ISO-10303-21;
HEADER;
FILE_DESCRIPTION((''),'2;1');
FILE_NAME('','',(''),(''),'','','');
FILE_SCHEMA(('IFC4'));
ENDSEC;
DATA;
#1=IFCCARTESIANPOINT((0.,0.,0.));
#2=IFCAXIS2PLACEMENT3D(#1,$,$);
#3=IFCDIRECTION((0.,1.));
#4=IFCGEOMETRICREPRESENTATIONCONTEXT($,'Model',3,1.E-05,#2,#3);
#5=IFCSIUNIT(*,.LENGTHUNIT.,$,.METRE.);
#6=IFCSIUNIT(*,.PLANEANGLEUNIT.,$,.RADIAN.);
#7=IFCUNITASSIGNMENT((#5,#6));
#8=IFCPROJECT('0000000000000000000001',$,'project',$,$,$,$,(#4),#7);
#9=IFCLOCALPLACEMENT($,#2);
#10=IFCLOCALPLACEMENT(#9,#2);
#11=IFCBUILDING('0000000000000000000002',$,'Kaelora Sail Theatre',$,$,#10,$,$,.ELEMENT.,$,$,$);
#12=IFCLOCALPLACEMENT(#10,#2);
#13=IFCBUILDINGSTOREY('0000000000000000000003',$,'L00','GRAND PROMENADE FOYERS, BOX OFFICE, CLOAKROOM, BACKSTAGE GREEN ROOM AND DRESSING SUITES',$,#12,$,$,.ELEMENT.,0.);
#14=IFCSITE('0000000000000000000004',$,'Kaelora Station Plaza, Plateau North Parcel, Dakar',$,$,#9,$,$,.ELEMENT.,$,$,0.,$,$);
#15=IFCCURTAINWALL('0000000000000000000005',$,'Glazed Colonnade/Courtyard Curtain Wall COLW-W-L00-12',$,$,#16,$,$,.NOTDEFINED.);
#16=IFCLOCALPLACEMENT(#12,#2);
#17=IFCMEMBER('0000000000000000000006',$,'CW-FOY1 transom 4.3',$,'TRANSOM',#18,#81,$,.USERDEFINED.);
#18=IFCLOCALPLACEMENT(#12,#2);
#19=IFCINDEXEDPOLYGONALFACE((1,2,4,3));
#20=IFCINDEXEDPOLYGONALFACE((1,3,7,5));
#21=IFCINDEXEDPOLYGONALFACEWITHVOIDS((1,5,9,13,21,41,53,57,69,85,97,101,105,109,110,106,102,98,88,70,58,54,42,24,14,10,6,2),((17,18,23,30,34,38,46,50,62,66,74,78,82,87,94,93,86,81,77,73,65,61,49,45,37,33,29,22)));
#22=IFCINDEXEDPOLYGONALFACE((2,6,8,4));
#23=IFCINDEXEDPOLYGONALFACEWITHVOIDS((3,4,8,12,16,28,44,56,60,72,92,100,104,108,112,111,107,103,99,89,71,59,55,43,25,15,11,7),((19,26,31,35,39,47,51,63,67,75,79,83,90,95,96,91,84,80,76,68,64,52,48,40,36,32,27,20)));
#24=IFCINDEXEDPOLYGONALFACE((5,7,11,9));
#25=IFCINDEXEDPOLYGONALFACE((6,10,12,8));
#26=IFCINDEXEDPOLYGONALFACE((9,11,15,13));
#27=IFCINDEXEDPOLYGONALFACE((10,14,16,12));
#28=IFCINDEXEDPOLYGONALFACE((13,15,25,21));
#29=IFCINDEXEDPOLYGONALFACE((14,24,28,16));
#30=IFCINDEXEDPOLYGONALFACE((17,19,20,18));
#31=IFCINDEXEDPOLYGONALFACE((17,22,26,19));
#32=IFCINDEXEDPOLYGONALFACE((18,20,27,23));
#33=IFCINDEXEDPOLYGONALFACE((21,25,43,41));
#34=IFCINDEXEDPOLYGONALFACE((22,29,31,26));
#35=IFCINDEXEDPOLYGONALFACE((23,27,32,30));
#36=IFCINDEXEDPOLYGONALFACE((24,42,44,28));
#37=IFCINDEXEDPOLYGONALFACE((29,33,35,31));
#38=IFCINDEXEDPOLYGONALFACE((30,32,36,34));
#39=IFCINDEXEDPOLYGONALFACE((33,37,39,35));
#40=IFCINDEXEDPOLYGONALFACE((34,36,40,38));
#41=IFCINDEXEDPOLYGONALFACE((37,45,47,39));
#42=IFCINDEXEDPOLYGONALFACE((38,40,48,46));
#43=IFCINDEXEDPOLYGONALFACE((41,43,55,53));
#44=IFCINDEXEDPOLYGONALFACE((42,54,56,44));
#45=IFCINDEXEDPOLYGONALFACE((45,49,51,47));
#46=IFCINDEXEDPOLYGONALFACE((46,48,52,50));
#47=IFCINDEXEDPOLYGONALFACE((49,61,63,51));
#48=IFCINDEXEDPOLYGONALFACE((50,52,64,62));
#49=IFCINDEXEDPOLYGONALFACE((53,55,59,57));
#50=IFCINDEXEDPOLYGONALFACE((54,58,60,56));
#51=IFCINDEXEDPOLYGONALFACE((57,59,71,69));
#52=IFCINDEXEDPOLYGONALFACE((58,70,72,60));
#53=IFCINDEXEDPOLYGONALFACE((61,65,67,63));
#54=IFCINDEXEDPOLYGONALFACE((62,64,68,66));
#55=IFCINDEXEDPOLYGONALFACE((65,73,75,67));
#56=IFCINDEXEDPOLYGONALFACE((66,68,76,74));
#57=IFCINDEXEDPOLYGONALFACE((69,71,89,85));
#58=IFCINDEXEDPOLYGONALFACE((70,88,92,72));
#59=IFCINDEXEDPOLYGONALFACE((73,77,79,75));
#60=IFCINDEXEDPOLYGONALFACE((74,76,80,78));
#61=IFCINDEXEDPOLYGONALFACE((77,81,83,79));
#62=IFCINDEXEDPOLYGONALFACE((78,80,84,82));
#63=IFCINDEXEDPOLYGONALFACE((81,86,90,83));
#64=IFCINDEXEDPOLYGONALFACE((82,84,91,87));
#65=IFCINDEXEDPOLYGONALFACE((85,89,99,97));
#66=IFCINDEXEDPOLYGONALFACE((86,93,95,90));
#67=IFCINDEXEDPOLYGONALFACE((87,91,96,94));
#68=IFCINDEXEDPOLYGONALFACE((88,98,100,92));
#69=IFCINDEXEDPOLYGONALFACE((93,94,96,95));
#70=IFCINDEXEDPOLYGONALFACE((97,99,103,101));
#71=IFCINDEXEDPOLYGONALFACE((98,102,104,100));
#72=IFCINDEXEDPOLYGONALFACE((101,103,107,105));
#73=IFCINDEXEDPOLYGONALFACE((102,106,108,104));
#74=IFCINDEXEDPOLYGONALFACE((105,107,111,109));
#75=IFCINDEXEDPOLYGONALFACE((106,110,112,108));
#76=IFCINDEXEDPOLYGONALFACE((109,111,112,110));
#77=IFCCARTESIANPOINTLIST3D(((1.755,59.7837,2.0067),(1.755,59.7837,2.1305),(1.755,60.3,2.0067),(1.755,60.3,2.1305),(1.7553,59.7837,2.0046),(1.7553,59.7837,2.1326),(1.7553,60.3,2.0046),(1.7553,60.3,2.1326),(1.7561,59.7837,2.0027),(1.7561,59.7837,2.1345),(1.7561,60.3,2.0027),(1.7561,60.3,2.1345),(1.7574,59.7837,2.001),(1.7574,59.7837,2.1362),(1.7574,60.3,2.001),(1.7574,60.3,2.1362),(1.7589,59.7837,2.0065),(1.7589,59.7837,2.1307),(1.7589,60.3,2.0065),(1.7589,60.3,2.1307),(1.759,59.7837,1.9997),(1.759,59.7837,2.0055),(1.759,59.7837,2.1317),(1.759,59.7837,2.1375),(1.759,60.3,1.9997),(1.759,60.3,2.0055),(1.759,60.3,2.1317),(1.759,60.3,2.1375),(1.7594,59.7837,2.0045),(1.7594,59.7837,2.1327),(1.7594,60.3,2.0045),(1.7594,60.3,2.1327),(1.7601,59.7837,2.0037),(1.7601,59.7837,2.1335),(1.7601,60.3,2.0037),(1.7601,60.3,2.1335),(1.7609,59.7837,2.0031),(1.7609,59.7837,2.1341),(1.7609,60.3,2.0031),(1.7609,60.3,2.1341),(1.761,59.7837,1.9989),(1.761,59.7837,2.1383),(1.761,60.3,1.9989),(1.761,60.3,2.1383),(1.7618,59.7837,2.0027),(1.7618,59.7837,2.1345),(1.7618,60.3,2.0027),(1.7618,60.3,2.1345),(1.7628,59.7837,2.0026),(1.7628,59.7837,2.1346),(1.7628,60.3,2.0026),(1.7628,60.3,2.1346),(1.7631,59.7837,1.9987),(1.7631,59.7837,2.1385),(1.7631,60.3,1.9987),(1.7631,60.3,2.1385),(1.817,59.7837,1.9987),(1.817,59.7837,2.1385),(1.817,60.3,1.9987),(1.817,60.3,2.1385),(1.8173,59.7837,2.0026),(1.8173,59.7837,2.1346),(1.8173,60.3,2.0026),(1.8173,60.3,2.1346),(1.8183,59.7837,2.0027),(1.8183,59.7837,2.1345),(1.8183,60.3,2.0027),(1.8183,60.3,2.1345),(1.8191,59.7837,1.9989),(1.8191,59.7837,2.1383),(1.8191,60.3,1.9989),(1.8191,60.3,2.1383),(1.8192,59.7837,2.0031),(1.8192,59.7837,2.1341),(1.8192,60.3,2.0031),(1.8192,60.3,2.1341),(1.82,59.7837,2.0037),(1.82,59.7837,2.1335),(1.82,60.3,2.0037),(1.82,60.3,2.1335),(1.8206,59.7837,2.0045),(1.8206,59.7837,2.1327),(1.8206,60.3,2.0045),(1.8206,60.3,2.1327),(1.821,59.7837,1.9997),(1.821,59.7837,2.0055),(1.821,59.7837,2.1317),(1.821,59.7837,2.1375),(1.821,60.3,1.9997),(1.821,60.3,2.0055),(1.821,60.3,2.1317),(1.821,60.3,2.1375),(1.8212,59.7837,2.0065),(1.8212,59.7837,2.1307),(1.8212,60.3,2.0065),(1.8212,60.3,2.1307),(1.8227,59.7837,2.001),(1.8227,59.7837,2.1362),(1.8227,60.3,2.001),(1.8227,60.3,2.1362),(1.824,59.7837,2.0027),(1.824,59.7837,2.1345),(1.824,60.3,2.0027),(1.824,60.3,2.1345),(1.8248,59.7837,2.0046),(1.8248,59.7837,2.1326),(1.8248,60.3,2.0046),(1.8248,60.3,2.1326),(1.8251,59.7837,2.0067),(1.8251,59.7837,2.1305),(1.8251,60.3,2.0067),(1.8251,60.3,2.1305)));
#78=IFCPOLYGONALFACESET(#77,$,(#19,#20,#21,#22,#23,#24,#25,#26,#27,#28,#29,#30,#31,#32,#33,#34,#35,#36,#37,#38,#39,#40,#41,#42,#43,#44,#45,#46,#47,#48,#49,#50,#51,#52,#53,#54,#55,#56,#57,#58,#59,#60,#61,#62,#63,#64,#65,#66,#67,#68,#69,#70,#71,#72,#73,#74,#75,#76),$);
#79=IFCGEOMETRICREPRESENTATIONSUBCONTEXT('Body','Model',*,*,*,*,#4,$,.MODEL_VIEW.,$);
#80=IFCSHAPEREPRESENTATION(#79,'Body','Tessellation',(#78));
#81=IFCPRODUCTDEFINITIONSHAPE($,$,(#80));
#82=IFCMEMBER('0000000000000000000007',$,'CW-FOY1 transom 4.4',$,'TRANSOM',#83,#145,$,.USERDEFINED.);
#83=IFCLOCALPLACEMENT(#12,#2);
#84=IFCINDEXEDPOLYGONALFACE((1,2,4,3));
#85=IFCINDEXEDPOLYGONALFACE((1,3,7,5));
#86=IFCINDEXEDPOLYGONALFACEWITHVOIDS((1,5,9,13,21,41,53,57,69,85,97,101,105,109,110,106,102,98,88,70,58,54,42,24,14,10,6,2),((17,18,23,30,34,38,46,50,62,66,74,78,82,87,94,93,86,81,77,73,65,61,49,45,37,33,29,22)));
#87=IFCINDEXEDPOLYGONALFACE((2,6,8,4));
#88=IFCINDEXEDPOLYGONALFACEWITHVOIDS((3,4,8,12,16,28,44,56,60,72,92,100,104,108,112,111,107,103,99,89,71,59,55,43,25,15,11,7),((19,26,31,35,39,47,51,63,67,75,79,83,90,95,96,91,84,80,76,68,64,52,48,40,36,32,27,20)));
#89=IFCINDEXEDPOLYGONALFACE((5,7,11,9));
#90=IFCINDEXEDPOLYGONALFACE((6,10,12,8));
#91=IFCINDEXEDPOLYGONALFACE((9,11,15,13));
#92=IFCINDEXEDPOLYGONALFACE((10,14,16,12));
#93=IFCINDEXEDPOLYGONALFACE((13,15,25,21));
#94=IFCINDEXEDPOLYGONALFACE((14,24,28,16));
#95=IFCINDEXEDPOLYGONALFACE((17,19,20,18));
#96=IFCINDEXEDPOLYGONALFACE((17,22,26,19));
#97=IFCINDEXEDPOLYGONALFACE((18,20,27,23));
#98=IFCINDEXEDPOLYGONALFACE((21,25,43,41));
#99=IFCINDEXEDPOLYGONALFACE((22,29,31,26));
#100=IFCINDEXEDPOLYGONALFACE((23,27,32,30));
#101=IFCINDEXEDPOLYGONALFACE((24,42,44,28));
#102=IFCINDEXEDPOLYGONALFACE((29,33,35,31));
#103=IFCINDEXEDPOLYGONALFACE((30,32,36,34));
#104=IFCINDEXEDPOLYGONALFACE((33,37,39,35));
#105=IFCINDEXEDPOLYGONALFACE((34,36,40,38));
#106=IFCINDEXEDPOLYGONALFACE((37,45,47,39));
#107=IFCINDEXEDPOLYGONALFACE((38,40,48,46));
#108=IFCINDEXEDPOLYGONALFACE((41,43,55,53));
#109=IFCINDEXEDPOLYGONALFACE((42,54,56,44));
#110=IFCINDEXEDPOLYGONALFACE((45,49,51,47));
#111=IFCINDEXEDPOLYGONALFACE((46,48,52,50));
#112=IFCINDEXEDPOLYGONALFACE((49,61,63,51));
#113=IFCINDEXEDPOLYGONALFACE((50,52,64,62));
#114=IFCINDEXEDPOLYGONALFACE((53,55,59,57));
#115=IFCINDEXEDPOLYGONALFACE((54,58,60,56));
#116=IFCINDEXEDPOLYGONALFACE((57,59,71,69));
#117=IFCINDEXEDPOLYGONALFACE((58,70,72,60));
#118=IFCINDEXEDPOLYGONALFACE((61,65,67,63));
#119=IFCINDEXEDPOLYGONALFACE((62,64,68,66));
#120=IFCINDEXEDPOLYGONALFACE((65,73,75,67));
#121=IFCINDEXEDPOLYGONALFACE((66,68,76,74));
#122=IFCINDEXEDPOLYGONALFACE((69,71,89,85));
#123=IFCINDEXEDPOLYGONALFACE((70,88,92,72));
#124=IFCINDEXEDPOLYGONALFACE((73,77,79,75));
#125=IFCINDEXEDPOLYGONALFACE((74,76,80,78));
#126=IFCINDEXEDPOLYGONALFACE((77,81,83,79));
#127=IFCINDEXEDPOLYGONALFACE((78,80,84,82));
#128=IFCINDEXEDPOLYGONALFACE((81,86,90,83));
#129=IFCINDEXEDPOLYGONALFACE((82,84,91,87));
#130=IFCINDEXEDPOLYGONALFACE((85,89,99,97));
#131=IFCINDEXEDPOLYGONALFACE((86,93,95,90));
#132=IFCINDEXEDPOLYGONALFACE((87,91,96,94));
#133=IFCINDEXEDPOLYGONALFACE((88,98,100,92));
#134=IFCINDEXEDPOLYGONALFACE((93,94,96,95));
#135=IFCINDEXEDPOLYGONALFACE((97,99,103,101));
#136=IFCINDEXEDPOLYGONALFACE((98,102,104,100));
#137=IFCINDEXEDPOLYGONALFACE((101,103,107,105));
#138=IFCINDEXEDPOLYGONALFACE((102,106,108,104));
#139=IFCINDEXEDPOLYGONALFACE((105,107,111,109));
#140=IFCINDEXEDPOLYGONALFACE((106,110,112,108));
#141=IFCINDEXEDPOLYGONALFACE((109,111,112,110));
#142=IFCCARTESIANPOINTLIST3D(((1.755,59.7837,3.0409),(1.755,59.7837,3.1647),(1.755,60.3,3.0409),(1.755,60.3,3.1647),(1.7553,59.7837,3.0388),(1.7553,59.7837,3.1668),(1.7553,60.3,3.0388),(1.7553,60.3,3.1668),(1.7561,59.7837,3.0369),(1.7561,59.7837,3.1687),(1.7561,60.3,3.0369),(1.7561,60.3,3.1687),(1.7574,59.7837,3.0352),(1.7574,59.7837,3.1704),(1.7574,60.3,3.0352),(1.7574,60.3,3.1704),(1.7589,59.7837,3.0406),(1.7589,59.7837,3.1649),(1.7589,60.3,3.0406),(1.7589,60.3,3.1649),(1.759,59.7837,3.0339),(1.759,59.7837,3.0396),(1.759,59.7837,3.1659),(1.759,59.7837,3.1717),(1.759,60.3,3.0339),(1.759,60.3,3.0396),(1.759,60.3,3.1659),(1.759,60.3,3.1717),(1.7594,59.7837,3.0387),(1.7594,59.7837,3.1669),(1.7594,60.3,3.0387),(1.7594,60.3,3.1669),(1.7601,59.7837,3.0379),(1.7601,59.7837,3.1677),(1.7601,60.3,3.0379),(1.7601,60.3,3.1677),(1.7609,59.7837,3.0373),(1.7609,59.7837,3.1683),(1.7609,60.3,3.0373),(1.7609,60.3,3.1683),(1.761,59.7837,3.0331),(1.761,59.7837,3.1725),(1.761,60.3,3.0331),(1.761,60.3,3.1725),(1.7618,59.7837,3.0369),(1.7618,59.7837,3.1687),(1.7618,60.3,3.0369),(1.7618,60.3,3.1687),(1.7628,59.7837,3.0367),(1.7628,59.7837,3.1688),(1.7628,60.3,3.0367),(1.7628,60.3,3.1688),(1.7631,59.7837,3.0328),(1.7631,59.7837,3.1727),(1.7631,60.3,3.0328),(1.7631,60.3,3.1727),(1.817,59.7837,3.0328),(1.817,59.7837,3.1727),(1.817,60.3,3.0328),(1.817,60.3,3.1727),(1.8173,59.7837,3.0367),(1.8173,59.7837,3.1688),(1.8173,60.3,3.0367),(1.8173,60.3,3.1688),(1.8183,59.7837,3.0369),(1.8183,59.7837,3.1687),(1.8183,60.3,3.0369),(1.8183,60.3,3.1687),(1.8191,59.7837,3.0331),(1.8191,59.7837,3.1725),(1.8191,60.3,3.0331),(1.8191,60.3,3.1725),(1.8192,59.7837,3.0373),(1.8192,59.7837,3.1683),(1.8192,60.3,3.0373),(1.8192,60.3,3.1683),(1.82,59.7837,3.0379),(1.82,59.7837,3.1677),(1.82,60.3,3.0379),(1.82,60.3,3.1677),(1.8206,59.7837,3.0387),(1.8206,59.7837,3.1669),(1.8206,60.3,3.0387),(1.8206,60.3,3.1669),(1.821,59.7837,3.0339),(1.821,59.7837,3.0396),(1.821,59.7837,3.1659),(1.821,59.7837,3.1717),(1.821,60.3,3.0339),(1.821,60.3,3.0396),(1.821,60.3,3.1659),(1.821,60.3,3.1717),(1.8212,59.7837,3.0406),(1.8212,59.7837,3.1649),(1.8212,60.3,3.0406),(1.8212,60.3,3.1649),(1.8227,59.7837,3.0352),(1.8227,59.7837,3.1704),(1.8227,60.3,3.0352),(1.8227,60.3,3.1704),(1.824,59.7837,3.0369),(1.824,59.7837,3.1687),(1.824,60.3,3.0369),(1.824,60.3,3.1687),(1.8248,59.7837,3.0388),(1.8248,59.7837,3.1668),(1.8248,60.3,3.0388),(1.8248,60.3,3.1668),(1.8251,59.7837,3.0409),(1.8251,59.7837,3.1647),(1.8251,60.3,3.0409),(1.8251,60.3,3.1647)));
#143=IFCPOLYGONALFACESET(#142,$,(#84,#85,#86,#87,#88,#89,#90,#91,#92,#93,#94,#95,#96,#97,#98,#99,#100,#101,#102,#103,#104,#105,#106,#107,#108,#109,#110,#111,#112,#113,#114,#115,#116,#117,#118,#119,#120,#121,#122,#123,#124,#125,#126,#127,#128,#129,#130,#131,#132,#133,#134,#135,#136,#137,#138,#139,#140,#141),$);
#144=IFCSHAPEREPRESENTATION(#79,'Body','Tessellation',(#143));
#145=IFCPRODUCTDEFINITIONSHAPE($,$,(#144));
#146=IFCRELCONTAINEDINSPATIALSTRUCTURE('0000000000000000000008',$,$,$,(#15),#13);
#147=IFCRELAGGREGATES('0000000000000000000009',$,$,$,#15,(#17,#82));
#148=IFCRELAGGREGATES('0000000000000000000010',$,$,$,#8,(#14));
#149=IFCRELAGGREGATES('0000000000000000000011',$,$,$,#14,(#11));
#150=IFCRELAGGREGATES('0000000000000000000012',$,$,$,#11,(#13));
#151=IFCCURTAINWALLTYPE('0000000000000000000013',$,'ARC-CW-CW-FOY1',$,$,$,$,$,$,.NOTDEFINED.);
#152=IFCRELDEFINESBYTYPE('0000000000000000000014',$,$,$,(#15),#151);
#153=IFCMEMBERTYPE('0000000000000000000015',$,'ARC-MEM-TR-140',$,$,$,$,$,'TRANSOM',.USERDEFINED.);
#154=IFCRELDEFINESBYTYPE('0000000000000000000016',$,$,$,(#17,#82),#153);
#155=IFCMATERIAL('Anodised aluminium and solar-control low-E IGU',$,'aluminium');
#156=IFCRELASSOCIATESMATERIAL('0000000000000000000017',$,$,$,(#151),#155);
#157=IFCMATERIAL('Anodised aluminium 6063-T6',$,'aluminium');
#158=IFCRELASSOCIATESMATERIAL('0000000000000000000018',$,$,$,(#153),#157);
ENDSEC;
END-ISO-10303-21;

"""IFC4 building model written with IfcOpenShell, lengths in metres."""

from ifc_helpers import new_model, si_unit, direction, frame, origin, origin_2d, place, context, subcontext, project, spatial, hollow_rectangle, extrude, material, material_profile, profile_set, type_object, element, aggregate, save


model = new_model("IFC4")

# Units and contexts
model_context = context("Model", 3, precision=1e-05, world=origin(), true_north=direction((0.0, 1.0)))
body_context = subcontext(model_context, "Body", "Model", "MODEL_VIEW")
ifc_project = project(units=[si_unit("LENGTHUNIT", "METRE"), si_unit("PLANEANGLEUNIT", "RADIAN")], contexts=[model_context])

# Site, building, storey
site_placement = place(None, origin())
site = spatial("IfcSite", under=ifc_project, at=site_placement, Name="Kaelora Station Plaza, Plateau North Parcel, Dakar", CompositionType="ELEMENT", RefElevation=0.0)
building_placement = place(site_placement, origin())
building = spatial("IfcBuilding", under=site, at=building_placement, Name="Kaelora Sail Theatre", CompositionType="ELEMENT")
storey_placement = place(building_placement, origin())
storey = spatial("IfcBuildingStorey", under=building, at=storey_placement, Name="L00", Description="GRAND PROMENADE FOYERS, BOX OFFICE, CLOAKROOM, BACKSTAGE GREEN ROOM AND DRESSING SUITES", CompositionType="ELEMENT", Elevation=0.0)

# Curtain wall, members
ifc_material_1 = material(Name="Anodised aluminium and solar-control low-E IGU", Category="aluminium")
curtain_wall_type = type_object("IfcCurtainWallType", Name="ARC-CW-CW-FOY1", PredefinedType="NOTDEFINED", material=ifc_material_1)
curtain_wall_placement = place(storey_placement, origin())
curtain_wall = element("IfcCurtainWall", 1, at=curtain_wall_placement, inside=storey, type_object=curtain_wall_type, Name="Glazed Colonnade/Courtyard Curtain Wall COLW-W-L00-12", PredefinedType="NOTDEFINED")
ifc_material_2 = material(Name="Anodised aluminium 6063-T6", Category="aluminium")
ifc_material_profile_1 = material_profile(ifc_material_2, hollow_rectangle(XDim=0.0701, YDim=0.1399, WallThickness=0.0039, InnerFilletRadius=0.0039, OuterFilletRadius=0.0081, at=origin_2d()), Name="ALU-TRAN 70x140x4")
ifc_profile_set_1 = profile_set([ifc_material_profile_1], Name="Anodised aluminium 6063-T6")
member_type_1 = type_object("IfcMemberType", Name="ARC-MEM-TR-140", ElementType="TRANSOM", PredefinedType="USERDEFINED", material=ifc_profile_set_1)
member_1_placement = place(storey_placement, frame((1.79, 59.7837, 2.0686), z_axis=(0.0, 1.0, 0.0), x_axis=(-1.0, 0.0, 0.0)))
member_1 = element("IfcMember", 2, at=member_1_placement, type_object=member_type_1, Name="CW-FOY1 transom 4.3", ObjectType="TRANSOM", PredefinedType="USERDEFINED", context=body_context, shape_type="SweptSolid", body=[
    extrude(hollow_rectangle(XDim=0.0701, YDim=0.1399, WallThickness=0.0039, InnerFilletRadius=0.0039, OuterFilletRadius=0.0081, at=origin_2d()), origin(), (0.0, 0.0, 1.0), 0.5164),
])
member_2_placement = place(storey_placement, frame((1.79, 59.7837, 3.1028), z_axis=(0.0, 1.0, 0.0), x_axis=(-1.0, 0.0, 0.0)))
member_2 = element("IfcMember", 3, at=member_2_placement, type_object=member_type_1, Name="CW-FOY1 transom 4.4", ObjectType="TRANSOM", PredefinedType="USERDEFINED", context=body_context, shape_type="SweptSolid", body=[
    extrude(hollow_rectangle(XDim=0.0701, YDim=0.1399, WallThickness=0.0039, InnerFilletRadius=0.0039, OuterFilletRadius=0.0081, at=origin_2d()), origin(), (0.0, 0.0, 1.0), 0.5164),
])
aggregate(curtain_wall, [member_1, member_2])

save(model, "model.ifc")
